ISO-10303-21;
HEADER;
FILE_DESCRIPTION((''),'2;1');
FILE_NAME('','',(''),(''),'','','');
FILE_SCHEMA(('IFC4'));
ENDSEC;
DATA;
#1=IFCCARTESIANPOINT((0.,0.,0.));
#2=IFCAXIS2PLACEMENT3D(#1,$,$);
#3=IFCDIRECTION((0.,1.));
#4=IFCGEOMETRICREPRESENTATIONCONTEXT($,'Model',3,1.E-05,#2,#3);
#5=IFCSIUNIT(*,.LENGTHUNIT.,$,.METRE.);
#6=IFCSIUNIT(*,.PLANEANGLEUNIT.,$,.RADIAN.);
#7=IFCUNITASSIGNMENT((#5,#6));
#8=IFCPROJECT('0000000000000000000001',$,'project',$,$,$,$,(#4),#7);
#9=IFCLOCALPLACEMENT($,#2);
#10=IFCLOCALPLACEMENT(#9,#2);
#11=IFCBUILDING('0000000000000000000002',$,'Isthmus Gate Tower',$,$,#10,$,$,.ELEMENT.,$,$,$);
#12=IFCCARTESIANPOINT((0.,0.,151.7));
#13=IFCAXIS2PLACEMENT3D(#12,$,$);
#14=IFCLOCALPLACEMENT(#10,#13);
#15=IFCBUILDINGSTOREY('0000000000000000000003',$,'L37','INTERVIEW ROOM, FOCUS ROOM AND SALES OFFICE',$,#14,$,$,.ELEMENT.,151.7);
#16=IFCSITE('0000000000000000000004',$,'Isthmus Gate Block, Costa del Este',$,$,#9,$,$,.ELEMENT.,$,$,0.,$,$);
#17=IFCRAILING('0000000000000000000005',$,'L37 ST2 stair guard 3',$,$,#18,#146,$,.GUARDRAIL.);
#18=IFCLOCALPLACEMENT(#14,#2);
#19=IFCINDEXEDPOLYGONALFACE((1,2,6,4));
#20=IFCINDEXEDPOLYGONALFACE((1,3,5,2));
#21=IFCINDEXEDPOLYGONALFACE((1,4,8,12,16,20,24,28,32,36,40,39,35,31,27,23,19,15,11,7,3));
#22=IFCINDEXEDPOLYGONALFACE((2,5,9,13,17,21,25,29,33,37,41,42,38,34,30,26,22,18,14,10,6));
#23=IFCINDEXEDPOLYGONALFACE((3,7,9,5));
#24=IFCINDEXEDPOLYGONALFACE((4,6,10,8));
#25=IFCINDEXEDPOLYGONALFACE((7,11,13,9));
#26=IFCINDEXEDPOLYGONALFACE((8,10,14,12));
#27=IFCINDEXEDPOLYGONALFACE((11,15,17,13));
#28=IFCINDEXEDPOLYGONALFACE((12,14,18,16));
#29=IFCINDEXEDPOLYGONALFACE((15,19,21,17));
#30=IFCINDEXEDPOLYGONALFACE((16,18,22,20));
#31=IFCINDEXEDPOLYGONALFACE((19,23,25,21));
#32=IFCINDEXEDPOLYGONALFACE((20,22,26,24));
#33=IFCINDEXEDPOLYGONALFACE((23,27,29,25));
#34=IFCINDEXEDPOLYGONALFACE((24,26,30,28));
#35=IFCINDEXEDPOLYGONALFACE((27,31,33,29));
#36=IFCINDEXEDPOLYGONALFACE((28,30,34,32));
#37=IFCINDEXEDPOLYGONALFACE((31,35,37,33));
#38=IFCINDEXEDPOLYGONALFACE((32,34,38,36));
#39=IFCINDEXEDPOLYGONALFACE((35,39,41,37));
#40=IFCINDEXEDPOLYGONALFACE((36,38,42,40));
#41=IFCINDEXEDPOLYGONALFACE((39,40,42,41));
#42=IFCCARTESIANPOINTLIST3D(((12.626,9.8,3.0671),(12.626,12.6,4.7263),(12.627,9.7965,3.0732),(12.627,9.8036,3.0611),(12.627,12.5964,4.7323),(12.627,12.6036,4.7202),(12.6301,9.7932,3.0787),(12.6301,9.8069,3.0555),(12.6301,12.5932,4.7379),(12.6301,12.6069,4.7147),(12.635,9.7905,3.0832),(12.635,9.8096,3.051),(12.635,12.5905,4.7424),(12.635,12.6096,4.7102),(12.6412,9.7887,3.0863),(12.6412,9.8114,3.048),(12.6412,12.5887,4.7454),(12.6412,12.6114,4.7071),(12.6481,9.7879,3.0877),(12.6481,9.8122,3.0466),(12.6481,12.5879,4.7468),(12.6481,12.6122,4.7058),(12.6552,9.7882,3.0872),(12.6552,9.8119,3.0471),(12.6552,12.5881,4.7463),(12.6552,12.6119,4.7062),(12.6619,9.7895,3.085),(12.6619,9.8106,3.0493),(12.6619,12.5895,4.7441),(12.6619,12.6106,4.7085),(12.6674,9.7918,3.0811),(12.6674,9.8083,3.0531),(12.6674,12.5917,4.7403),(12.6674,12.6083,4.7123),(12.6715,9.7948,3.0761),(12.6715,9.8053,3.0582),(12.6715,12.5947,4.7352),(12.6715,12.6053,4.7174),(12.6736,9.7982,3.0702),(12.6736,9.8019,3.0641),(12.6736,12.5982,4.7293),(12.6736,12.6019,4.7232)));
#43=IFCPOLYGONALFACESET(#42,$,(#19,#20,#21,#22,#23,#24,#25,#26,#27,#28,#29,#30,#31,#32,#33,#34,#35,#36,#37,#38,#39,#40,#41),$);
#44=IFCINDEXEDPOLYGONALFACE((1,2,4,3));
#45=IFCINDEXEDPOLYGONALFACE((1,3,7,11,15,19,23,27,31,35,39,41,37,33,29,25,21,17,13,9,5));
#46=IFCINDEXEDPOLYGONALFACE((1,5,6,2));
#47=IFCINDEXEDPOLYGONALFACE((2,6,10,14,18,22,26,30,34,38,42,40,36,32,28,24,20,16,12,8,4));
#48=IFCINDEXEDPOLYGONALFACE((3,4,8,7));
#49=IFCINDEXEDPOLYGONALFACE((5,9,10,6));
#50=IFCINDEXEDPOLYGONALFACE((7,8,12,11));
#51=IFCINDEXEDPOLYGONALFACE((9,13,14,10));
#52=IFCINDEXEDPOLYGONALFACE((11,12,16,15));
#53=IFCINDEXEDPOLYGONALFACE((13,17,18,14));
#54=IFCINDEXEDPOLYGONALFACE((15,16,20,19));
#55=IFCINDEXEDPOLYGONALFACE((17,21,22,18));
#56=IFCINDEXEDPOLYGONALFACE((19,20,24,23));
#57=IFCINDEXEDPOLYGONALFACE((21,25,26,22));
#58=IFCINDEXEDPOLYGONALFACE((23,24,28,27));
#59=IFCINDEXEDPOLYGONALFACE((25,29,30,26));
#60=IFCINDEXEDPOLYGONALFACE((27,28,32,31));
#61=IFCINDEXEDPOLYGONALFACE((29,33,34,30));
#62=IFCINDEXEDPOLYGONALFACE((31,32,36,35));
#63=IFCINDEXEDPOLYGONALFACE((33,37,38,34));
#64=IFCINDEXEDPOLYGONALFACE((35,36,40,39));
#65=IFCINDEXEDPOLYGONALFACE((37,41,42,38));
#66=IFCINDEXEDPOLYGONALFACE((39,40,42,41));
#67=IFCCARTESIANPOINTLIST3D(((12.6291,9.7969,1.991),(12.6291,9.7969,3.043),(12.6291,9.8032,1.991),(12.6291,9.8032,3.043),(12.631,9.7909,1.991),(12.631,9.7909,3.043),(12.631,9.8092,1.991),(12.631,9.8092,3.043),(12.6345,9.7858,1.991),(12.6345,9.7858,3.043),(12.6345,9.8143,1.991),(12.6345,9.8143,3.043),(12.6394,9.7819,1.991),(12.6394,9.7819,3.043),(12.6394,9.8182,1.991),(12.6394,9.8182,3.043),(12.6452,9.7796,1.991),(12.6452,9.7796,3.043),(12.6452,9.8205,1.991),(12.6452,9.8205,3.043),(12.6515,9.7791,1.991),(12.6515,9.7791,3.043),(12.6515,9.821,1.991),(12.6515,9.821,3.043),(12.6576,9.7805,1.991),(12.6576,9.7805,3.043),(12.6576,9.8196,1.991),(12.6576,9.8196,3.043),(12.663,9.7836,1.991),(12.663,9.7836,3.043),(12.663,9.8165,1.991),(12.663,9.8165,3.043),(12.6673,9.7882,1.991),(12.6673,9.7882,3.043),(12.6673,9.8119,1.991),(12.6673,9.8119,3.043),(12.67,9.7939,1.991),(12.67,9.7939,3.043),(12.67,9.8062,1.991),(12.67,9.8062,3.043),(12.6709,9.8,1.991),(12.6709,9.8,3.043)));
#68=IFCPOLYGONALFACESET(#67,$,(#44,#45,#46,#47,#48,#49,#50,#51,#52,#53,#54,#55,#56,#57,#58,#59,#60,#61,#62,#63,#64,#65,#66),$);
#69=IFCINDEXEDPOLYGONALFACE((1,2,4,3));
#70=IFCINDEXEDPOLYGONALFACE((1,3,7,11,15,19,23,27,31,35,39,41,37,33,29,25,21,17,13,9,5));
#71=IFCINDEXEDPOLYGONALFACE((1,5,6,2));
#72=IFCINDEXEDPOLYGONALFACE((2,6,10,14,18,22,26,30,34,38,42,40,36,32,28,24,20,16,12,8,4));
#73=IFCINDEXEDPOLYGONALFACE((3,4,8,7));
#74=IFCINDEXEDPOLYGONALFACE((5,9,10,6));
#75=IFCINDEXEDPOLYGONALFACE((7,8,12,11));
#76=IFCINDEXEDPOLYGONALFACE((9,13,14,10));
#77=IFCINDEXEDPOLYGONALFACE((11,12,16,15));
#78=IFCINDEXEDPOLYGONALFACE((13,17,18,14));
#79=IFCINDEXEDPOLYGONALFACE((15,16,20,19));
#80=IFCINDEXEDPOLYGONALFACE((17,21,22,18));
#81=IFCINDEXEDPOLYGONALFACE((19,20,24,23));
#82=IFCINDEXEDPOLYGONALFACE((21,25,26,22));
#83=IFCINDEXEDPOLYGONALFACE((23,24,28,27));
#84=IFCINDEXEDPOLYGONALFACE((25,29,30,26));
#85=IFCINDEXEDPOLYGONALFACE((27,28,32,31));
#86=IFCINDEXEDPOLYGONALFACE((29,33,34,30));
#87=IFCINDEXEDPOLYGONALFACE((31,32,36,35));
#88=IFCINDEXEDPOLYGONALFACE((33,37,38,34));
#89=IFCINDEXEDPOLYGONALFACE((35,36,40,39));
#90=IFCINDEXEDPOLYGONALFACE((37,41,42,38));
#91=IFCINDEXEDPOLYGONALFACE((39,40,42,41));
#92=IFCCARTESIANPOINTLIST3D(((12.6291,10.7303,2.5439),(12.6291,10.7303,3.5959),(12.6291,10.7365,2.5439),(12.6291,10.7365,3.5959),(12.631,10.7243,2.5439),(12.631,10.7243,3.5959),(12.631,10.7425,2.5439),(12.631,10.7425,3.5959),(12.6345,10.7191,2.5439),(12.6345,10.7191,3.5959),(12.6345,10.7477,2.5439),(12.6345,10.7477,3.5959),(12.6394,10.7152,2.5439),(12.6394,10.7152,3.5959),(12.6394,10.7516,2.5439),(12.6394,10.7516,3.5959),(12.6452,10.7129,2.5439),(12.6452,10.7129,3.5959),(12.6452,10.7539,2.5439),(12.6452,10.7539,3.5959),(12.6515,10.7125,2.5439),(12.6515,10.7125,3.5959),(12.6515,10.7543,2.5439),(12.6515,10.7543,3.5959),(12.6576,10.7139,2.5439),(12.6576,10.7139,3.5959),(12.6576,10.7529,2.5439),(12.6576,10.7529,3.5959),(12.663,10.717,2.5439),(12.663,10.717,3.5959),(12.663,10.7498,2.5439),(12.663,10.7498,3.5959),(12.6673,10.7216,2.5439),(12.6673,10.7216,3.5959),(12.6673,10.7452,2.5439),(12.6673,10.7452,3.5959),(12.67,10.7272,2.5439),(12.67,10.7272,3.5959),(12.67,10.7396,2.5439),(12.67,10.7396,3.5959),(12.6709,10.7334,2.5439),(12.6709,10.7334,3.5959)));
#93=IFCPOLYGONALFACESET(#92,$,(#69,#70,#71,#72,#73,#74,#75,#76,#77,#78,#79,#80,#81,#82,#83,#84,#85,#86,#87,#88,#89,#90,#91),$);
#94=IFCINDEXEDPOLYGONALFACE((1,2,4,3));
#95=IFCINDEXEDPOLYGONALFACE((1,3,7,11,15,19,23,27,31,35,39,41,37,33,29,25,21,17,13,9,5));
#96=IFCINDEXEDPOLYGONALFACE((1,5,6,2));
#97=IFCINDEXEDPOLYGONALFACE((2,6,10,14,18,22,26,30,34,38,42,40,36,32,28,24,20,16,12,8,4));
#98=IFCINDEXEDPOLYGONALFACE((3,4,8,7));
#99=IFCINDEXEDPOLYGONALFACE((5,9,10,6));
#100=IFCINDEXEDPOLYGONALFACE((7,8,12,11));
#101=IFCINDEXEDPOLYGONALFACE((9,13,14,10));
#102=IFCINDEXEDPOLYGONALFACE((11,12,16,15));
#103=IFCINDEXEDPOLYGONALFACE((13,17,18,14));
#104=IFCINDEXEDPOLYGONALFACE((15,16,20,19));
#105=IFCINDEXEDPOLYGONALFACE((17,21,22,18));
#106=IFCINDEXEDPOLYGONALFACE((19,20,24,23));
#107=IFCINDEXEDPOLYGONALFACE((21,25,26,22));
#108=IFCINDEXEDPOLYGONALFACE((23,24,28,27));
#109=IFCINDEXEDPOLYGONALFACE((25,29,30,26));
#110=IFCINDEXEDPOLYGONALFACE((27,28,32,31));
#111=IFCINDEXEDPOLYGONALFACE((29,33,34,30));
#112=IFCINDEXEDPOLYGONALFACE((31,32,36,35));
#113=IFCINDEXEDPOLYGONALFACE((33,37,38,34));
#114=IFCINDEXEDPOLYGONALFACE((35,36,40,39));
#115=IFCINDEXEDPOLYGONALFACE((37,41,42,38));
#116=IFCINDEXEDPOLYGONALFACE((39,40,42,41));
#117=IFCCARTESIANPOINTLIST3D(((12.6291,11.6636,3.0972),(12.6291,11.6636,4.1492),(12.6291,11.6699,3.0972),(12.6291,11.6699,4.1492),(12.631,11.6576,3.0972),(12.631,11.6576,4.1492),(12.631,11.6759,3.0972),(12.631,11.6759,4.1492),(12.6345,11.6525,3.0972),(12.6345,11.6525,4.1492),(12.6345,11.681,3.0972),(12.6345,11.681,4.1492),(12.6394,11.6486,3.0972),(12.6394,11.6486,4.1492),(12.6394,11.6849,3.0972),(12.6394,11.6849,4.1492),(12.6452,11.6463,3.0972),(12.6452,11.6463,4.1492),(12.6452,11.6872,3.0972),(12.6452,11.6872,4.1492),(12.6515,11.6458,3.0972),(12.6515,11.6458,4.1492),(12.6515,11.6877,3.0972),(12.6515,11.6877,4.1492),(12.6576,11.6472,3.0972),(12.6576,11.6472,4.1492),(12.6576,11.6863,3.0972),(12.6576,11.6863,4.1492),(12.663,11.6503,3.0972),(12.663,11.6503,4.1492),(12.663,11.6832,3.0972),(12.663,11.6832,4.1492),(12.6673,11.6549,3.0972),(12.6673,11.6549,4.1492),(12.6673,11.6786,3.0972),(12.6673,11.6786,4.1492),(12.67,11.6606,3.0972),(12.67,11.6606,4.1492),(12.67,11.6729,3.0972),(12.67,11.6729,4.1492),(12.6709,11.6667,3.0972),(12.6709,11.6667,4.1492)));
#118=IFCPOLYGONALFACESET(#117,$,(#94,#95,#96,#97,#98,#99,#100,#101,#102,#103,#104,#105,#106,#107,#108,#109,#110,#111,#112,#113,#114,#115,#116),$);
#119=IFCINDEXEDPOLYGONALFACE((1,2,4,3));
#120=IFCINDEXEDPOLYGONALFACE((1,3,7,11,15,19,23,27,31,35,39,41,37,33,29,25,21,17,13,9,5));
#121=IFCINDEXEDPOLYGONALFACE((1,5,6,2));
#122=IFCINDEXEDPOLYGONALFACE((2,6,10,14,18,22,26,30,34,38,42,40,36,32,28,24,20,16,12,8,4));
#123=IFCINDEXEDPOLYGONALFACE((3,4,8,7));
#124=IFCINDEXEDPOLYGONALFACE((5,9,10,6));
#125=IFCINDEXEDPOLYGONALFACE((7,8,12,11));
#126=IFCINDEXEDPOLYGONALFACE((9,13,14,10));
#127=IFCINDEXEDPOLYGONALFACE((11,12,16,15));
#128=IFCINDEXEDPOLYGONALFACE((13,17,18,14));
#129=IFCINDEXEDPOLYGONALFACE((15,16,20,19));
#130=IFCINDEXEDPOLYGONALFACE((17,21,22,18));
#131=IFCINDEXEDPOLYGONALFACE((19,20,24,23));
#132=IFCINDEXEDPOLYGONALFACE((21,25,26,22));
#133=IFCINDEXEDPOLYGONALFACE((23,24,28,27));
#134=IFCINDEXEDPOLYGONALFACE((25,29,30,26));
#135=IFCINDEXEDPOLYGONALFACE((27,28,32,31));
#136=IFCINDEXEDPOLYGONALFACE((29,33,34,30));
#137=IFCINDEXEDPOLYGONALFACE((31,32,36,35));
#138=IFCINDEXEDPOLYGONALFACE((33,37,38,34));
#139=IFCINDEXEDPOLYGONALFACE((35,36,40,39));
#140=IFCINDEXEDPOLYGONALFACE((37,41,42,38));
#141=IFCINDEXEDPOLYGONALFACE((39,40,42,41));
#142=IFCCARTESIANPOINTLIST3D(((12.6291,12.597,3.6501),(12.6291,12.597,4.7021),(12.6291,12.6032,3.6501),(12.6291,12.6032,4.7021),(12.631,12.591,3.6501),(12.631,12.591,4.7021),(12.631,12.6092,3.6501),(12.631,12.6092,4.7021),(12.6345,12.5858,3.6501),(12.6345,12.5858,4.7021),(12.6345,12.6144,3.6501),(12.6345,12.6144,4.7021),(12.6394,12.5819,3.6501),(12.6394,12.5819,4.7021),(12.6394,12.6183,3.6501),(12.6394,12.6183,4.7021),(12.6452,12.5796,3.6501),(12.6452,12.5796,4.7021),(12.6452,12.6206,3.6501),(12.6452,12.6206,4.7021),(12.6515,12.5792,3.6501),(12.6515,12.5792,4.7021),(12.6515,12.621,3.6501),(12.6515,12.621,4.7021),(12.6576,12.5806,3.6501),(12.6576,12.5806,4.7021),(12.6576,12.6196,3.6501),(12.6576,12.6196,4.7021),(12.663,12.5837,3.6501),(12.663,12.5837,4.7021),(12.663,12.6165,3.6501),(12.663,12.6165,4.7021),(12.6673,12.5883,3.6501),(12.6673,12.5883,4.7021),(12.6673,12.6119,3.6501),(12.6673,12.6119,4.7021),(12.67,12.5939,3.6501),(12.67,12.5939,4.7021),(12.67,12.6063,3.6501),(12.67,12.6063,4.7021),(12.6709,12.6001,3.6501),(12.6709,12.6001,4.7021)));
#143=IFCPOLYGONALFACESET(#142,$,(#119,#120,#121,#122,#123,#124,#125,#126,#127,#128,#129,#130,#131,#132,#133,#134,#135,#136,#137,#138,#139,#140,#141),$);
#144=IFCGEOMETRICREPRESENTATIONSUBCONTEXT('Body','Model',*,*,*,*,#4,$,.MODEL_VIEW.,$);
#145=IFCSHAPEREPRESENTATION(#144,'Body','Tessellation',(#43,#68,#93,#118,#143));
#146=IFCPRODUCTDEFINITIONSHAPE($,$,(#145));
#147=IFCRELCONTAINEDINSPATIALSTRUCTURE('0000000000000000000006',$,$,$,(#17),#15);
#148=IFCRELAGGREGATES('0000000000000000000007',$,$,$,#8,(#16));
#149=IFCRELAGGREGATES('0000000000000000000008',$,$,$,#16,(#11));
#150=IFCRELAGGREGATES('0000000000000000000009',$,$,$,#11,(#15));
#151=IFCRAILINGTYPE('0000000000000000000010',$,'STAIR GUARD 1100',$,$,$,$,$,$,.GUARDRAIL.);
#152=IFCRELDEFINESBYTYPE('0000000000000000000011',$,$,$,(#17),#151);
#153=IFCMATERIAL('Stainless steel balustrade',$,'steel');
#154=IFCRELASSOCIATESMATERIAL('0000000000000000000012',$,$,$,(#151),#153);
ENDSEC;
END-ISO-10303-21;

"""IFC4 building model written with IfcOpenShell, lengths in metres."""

from ifc_helpers import new_model, si_unit, direction, frame, origin, origin_2d, place, context, subcontext, project, spatial, circle, extrude, material, type_object, element, save


model = new_model("IFC4")

# Units and contexts
model_context = context("Model", 3, precision=1e-05, world=origin(), true_north=direction((0.0, 1.0)))
body_context = subcontext(model_context, "Body", "Model", "MODEL_VIEW")
ifc_project = project(units=[si_unit("LENGTHUNIT", "METRE"), si_unit("PLANEANGLEUNIT", "RADIAN")], contexts=[model_context])

# Site, building, storey
site_placement = place(None, origin())
site = spatial("IfcSite", under=ifc_project, at=site_placement, Name="Isthmus Gate Block, Costa del Este", CompositionType="ELEMENT", RefElevation=0.0)
building_placement = place(site_placement, origin())
building = spatial("IfcBuilding", under=site, at=building_placement, Name="Isthmus Gate Tower", CompositionType="ELEMENT")
storey_placement = place(building_placement, frame((0.0, 0.0, 151.7)))
storey = spatial("IfcBuildingStorey", under=building, at=storey_placement, Name="L37", Description="INTERVIEW ROOM, FOCUS ROOM AND SALES OFFICE", CompositionType="ELEMENT", Elevation=151.7)

# Railing
ifc_material_1 = material(Name="Stainless steel balustrade", Category="steel")
railing_type_1 = type_object("IfcRailingType", Name="STAIR GUARD 1100", PredefinedType="GUARDRAIL", material=ifc_material_1)
railing_1_placement = place(storey_placement, frame((12.6499, 9.8, 1.991)))
element("IfcRailing", 1, at=railing_1_placement, inside=storey, type_object=railing_type_1, Name="L37 ST2 stair guard 3", PredefinedType="GUARDRAIL", context=body_context, shape_type="SweptSolid", body=[
    extrude(circle(Radius=0.0239, at=origin_2d()), frame((0.0, 0.0, 1.0762), z_axis=(0.0, 0.860306, 0.509778), x_axis=(-1.0, 0.0, 0.0)), (0.0, 0.0, 1.0), 3.2546),
    extrude(circle(Radius=0.021, at=origin_2d()), origin(), (0.0, 0.0, 1.0), 1.052),
    extrude(circle(Radius=0.021, at=origin_2d()), frame((0.0, 0.9333, 0.553)), (0.0, 0.0, 1.0), 1.052),
    extrude(circle(Radius=0.021, at=origin_2d()), frame((0.0, 1.8667, 1.1062)), (0.0, 0.0, 1.0), 1.052),
    extrude(circle(Radius=0.021, at=origin_2d()), frame((0.0, 2.8, 1.6592)), (0.0, 0.0, 1.0), 1.052),
])

save(model, "model.ifc")
